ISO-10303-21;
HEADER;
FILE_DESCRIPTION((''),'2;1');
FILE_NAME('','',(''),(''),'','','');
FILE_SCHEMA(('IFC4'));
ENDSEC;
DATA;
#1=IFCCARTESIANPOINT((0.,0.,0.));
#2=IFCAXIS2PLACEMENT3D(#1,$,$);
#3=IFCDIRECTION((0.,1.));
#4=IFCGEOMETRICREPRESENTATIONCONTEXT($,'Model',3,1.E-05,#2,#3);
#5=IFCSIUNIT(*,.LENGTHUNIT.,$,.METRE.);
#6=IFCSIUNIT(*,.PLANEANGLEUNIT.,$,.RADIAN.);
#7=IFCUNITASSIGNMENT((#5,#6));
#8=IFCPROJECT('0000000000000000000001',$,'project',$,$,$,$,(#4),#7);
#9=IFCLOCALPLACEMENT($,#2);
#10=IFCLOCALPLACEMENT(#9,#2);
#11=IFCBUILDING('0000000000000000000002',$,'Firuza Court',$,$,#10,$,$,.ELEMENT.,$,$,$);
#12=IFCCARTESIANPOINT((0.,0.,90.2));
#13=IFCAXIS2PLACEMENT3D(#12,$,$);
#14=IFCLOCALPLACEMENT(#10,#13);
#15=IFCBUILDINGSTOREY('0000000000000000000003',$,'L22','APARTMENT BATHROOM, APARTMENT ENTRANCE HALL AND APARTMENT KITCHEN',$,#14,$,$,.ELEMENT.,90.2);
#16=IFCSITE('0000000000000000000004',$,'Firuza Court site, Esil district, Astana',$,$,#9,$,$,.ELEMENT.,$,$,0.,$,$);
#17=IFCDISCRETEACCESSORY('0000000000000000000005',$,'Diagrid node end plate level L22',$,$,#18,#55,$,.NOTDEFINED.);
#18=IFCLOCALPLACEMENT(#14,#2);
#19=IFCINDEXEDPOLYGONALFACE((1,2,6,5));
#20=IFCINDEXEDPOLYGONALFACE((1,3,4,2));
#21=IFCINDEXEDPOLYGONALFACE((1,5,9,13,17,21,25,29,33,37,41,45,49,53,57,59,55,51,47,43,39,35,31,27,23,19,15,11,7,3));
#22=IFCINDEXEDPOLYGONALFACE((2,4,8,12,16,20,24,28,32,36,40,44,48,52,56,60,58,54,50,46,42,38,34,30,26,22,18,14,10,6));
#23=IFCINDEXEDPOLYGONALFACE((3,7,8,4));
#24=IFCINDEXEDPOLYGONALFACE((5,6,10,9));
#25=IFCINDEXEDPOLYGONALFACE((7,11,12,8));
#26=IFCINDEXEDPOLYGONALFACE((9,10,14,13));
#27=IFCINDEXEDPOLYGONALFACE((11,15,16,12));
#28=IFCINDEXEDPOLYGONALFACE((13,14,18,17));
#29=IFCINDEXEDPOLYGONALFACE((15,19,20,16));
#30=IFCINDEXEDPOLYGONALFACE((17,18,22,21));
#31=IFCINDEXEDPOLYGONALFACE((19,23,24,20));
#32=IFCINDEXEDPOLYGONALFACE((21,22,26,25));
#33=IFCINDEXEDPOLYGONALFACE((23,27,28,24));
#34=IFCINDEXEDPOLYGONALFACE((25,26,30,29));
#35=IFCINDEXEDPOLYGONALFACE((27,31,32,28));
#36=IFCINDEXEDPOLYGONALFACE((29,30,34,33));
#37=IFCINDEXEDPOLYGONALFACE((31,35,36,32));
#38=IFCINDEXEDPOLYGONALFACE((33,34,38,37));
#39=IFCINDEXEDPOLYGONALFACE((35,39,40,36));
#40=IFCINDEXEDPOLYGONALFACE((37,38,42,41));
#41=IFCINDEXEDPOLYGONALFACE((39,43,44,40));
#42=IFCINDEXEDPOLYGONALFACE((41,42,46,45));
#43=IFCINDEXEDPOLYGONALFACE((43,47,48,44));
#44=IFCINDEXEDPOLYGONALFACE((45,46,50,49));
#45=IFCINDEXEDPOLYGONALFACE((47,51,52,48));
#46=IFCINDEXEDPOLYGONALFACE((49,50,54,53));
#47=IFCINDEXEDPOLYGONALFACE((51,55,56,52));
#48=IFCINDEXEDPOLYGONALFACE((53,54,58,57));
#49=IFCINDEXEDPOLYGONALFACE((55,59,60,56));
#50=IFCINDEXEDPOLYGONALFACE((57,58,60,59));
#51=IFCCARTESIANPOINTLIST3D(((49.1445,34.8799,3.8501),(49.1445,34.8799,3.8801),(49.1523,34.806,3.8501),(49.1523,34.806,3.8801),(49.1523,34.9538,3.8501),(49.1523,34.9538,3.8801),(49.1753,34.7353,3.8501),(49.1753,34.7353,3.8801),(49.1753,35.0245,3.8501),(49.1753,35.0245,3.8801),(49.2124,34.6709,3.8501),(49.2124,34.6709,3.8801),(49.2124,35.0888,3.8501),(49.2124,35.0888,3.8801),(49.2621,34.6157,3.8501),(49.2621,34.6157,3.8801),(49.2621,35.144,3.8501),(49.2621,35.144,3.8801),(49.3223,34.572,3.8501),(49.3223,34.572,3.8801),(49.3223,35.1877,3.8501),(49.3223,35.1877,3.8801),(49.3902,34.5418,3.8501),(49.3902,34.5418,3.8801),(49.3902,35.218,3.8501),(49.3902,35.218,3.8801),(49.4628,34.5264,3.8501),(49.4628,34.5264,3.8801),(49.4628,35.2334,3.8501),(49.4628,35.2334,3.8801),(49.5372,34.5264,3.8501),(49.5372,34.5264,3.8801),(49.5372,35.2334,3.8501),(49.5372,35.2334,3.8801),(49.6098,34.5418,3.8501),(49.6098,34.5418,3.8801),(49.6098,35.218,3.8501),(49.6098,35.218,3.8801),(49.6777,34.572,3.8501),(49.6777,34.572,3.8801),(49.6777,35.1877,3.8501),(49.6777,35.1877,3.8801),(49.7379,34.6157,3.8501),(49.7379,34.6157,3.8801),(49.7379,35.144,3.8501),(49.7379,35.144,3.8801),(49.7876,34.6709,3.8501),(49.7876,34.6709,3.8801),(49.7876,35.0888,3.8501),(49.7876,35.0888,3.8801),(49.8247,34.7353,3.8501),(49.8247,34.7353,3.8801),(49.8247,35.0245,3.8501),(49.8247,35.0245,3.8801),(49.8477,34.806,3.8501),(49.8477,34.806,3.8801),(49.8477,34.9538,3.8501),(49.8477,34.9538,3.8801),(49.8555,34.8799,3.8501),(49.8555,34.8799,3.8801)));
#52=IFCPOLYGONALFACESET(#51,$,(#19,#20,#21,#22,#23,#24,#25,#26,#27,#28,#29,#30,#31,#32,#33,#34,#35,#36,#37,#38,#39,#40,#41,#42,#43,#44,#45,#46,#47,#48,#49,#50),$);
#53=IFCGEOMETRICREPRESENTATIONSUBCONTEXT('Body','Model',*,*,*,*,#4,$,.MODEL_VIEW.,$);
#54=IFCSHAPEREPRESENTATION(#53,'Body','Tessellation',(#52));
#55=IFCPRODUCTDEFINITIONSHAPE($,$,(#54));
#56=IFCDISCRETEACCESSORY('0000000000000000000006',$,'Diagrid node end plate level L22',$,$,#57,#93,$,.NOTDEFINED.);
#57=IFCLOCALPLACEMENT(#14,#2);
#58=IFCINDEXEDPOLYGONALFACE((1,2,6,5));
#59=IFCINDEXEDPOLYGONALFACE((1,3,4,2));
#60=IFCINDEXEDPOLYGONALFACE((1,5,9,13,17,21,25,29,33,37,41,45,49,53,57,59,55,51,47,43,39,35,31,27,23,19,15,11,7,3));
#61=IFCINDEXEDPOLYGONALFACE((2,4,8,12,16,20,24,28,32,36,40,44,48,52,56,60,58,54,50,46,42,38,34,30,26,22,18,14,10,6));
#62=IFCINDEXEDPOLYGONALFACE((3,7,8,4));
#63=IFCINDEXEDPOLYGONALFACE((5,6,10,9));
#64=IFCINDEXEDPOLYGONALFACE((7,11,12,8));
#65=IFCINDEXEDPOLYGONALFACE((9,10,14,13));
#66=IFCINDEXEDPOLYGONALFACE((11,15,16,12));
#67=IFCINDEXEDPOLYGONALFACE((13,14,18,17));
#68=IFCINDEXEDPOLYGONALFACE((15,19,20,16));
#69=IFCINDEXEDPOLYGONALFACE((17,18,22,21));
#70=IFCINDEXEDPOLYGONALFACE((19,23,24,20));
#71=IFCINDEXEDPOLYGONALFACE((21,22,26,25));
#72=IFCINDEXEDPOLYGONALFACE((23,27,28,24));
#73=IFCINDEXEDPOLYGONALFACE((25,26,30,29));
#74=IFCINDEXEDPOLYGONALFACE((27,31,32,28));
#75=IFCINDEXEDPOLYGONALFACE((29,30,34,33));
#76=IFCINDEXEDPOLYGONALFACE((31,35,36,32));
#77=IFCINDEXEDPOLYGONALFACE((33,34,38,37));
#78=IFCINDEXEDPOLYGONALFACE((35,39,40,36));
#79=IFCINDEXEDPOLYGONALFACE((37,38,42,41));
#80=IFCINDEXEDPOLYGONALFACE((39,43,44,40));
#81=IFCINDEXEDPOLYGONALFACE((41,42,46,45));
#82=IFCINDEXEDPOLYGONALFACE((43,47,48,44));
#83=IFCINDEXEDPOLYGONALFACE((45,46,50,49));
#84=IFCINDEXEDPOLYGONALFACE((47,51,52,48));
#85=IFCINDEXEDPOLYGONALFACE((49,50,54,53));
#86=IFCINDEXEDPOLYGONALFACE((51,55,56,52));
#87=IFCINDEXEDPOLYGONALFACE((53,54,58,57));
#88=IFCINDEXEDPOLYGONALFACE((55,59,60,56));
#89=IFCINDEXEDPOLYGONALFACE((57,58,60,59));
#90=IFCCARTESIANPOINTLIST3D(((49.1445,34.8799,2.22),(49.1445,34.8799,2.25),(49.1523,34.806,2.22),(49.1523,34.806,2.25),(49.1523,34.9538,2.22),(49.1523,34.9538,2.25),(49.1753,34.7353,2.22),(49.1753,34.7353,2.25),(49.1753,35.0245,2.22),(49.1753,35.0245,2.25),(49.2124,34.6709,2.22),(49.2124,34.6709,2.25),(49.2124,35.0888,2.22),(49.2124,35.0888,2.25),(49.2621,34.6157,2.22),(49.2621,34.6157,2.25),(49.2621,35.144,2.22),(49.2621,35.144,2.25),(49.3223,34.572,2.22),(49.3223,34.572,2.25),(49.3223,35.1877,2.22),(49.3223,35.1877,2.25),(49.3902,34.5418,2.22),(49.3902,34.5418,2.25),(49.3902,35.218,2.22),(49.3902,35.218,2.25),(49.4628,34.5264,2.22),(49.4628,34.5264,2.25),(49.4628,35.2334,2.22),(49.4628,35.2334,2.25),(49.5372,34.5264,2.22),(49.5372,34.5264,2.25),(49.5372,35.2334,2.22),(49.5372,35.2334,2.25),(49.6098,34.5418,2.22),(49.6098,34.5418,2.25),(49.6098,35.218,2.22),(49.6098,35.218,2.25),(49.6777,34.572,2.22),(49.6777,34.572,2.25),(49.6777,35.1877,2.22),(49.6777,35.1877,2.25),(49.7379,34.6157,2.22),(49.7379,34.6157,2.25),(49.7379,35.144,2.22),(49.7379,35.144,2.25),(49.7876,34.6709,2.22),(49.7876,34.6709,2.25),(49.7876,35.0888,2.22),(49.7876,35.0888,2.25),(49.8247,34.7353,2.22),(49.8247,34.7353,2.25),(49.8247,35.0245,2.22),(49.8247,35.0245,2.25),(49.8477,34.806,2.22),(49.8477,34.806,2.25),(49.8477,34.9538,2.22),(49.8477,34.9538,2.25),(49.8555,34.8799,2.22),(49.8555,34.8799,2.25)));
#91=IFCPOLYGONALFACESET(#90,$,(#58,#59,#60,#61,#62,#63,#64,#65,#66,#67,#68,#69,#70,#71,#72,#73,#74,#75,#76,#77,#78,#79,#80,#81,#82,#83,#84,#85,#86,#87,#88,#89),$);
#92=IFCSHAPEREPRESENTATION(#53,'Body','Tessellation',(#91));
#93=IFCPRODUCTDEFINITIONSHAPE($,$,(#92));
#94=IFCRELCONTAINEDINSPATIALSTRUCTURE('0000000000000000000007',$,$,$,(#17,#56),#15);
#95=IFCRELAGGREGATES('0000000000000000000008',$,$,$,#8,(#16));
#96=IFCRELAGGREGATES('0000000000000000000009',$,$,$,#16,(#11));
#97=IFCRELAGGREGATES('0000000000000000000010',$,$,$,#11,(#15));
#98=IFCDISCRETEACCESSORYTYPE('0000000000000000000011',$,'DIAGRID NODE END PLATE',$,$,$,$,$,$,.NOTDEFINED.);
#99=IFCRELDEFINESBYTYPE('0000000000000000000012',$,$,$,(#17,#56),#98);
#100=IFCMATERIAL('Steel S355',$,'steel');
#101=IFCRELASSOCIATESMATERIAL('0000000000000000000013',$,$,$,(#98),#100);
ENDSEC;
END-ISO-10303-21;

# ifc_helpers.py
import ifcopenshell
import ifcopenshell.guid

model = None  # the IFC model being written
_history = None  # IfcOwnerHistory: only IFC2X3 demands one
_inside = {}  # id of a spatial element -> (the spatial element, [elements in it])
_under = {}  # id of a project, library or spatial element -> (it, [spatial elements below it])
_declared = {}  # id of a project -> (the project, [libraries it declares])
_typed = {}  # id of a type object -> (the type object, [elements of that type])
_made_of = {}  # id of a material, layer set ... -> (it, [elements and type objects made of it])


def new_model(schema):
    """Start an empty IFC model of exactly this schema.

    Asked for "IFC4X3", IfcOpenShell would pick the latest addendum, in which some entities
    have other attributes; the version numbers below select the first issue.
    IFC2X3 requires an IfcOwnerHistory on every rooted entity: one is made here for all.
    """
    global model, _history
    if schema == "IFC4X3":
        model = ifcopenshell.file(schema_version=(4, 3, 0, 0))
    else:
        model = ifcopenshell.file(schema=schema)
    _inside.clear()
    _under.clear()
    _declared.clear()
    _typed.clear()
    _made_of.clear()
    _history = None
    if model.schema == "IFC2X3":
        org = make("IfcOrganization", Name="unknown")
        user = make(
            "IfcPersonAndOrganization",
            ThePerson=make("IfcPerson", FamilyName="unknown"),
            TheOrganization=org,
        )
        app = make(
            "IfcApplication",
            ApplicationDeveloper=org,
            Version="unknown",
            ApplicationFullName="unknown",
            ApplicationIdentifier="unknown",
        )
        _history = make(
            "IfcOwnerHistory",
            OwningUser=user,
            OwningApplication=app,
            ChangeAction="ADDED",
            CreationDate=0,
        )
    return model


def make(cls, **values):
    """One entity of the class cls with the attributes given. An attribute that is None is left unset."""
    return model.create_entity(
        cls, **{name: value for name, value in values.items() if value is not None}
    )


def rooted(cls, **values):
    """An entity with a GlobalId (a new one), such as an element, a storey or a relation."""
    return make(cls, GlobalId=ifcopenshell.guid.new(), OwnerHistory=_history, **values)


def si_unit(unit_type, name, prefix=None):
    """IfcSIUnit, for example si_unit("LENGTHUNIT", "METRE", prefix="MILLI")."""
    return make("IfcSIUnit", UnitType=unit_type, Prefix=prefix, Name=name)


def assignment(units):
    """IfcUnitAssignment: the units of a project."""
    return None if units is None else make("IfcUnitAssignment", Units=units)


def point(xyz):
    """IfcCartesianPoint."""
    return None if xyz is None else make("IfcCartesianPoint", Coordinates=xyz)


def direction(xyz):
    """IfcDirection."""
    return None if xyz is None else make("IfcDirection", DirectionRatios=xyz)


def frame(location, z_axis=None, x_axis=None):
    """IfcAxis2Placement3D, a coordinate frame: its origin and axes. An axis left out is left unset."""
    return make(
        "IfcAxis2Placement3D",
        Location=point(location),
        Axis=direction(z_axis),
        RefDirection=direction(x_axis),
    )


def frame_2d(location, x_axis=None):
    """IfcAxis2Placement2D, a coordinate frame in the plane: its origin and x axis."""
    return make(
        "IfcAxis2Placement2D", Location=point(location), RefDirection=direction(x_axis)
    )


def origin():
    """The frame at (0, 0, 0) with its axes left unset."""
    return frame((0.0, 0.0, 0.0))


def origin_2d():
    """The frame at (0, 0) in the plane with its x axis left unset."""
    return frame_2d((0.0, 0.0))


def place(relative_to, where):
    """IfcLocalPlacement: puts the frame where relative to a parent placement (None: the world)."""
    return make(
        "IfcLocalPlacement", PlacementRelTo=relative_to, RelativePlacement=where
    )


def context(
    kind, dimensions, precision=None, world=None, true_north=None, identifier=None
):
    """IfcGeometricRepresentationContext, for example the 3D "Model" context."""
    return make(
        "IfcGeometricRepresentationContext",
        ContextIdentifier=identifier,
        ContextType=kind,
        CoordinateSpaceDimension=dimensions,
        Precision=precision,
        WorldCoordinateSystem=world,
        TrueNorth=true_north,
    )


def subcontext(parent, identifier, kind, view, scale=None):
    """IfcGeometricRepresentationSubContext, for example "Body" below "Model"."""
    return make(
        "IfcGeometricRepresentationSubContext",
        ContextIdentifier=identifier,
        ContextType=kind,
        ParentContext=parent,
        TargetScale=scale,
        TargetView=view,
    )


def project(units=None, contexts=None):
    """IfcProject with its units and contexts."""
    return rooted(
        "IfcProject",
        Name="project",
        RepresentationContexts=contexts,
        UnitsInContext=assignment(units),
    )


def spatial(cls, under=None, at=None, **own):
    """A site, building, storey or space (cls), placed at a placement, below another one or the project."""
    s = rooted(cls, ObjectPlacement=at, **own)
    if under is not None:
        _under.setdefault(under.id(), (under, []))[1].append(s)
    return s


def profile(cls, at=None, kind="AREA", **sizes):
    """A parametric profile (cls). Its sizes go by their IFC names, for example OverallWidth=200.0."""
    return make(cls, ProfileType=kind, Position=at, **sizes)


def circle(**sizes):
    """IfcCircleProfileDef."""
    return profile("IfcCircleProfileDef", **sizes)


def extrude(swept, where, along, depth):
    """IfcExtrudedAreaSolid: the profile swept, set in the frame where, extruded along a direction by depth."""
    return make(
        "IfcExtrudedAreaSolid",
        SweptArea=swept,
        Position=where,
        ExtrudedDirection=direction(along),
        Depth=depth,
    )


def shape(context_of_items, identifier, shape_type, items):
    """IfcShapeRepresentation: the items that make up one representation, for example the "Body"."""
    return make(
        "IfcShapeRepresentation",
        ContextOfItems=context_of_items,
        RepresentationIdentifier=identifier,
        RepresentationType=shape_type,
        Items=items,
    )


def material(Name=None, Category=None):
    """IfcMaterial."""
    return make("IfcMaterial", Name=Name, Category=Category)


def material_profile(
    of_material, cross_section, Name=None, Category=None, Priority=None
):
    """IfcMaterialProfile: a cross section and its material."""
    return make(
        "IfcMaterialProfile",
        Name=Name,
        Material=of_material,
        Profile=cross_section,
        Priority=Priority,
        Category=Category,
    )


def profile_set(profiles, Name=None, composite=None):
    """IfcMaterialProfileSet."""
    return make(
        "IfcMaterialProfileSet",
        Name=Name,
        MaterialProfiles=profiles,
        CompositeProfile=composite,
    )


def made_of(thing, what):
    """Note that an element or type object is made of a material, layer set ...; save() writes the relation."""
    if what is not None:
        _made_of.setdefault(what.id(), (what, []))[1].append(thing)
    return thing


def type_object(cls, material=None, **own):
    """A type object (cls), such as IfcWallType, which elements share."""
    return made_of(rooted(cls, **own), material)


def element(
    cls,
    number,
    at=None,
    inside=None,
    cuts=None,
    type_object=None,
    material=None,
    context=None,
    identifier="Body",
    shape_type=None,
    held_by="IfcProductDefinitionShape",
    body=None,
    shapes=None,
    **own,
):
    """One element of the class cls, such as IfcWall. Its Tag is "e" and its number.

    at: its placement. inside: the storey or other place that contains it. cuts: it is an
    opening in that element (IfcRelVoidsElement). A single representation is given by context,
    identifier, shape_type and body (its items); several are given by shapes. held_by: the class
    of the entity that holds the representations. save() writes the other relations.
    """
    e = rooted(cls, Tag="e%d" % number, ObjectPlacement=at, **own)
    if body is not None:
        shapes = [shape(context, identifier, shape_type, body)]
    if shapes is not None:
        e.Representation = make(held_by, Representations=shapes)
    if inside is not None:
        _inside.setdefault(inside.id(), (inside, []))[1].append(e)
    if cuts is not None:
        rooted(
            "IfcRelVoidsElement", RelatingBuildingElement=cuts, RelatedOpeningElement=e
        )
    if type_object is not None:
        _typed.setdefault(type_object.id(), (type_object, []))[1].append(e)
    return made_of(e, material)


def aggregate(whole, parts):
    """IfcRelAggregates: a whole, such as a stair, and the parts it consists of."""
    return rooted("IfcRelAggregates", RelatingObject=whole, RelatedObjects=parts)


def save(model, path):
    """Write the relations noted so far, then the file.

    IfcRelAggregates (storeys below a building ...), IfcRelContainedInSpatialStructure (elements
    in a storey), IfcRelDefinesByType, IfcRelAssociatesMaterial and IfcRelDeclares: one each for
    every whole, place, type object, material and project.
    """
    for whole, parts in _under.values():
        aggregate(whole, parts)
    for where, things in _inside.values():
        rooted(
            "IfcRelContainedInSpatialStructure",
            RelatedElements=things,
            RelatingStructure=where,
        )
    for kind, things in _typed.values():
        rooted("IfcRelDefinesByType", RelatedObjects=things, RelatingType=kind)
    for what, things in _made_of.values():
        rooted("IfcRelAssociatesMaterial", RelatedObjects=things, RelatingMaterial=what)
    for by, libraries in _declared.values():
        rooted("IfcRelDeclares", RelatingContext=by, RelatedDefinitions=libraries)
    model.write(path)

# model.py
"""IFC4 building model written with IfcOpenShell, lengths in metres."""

from ifc_helpers import new_model, si_unit, direction, frame, origin, origin_2d, place, context, subcontext, project, spatial, circle, extrude, material, material_profile, profile_set, type_object, element, save


model = new_model("IFC4")

# Units and contexts
model_context = context("Model", 3, precision=1e-05, world=origin(), true_north=direction((0.0, 1.0)))
body_context = subcontext(model_context, "Body", "Model", "MODEL_VIEW")
ifc_project = project(units=[si_unit("LENGTHUNIT", "METRE"), si_unit("PLANEANGLEUNIT", "RADIAN")], contexts=[model_context])

# Site, building, storey
site_placement = place(None, origin())
site = spatial("IfcSite", under=ifc_project, at=site_placement, Name="Firuza Court site, Esil district, Astana", CompositionType="ELEMENT", RefElevation=0.0)
building_placement = place(site_placement, origin())
building = spatial("IfcBuilding", under=site, at=building_placement, Name="Firuza Court", CompositionType="ELEMENT")
storey_placement = place(building_placement, frame((0.0, 0.0, 90.2)))
storey = spatial("IfcBuildingStorey", under=building, at=storey_placement, Name="L22", Description="APARTMENT BATHROOM, APARTMENT ENTRANCE HALL AND APARTMENT KITCHEN", CompositionType="ELEMENT", Elevation=90.2)

# Discrete accessories
ifc_material_1 = material(Name="Steel S355", Category="steel")
ifc_material_profile_1 = material_profile(ifc_material_1, circle(Radius=0.3555, at=origin_2d()), Name="PL D711")
ifc_profile_set_1 = profile_set([ifc_material_profile_1], Name="Steel S355")
discrete_accessory_type = type_object("IfcDiscreteAccessoryType", Name="DIAGRID NODE END PLATE", PredefinedType="NOTDEFINED", material=ifc_profile_set_1)
for number, where, z_axis, x_axis, name in (
    (1, (49.5, 34.8799, 3.8501), (0.0, 0.0, 1.0), (1.0, 0.0, 0.0), "Diagrid node end plate level L22"),
    (2, (49.5, 34.8799, 2.22), (0.0, 0.0, 1.0), (1.0, 0.0, 0.0), "Diagrid node end plate level L22"),
):
    element("IfcDiscreteAccessory", number, at=place(storey_placement, frame(where, z_axis=z_axis, x_axis=x_axis)), inside=storey, type_object=discrete_accessory_type, Name=name, PredefinedType="NOTDEFINED", context=body_context, shape_type="SweptSolid", body=[
        extrude(circle(Radius=0.3555, at=origin_2d()), origin(), (0.0, 0.0, 1.0), 0.03),
    ])

save(model, "model.ifc")
